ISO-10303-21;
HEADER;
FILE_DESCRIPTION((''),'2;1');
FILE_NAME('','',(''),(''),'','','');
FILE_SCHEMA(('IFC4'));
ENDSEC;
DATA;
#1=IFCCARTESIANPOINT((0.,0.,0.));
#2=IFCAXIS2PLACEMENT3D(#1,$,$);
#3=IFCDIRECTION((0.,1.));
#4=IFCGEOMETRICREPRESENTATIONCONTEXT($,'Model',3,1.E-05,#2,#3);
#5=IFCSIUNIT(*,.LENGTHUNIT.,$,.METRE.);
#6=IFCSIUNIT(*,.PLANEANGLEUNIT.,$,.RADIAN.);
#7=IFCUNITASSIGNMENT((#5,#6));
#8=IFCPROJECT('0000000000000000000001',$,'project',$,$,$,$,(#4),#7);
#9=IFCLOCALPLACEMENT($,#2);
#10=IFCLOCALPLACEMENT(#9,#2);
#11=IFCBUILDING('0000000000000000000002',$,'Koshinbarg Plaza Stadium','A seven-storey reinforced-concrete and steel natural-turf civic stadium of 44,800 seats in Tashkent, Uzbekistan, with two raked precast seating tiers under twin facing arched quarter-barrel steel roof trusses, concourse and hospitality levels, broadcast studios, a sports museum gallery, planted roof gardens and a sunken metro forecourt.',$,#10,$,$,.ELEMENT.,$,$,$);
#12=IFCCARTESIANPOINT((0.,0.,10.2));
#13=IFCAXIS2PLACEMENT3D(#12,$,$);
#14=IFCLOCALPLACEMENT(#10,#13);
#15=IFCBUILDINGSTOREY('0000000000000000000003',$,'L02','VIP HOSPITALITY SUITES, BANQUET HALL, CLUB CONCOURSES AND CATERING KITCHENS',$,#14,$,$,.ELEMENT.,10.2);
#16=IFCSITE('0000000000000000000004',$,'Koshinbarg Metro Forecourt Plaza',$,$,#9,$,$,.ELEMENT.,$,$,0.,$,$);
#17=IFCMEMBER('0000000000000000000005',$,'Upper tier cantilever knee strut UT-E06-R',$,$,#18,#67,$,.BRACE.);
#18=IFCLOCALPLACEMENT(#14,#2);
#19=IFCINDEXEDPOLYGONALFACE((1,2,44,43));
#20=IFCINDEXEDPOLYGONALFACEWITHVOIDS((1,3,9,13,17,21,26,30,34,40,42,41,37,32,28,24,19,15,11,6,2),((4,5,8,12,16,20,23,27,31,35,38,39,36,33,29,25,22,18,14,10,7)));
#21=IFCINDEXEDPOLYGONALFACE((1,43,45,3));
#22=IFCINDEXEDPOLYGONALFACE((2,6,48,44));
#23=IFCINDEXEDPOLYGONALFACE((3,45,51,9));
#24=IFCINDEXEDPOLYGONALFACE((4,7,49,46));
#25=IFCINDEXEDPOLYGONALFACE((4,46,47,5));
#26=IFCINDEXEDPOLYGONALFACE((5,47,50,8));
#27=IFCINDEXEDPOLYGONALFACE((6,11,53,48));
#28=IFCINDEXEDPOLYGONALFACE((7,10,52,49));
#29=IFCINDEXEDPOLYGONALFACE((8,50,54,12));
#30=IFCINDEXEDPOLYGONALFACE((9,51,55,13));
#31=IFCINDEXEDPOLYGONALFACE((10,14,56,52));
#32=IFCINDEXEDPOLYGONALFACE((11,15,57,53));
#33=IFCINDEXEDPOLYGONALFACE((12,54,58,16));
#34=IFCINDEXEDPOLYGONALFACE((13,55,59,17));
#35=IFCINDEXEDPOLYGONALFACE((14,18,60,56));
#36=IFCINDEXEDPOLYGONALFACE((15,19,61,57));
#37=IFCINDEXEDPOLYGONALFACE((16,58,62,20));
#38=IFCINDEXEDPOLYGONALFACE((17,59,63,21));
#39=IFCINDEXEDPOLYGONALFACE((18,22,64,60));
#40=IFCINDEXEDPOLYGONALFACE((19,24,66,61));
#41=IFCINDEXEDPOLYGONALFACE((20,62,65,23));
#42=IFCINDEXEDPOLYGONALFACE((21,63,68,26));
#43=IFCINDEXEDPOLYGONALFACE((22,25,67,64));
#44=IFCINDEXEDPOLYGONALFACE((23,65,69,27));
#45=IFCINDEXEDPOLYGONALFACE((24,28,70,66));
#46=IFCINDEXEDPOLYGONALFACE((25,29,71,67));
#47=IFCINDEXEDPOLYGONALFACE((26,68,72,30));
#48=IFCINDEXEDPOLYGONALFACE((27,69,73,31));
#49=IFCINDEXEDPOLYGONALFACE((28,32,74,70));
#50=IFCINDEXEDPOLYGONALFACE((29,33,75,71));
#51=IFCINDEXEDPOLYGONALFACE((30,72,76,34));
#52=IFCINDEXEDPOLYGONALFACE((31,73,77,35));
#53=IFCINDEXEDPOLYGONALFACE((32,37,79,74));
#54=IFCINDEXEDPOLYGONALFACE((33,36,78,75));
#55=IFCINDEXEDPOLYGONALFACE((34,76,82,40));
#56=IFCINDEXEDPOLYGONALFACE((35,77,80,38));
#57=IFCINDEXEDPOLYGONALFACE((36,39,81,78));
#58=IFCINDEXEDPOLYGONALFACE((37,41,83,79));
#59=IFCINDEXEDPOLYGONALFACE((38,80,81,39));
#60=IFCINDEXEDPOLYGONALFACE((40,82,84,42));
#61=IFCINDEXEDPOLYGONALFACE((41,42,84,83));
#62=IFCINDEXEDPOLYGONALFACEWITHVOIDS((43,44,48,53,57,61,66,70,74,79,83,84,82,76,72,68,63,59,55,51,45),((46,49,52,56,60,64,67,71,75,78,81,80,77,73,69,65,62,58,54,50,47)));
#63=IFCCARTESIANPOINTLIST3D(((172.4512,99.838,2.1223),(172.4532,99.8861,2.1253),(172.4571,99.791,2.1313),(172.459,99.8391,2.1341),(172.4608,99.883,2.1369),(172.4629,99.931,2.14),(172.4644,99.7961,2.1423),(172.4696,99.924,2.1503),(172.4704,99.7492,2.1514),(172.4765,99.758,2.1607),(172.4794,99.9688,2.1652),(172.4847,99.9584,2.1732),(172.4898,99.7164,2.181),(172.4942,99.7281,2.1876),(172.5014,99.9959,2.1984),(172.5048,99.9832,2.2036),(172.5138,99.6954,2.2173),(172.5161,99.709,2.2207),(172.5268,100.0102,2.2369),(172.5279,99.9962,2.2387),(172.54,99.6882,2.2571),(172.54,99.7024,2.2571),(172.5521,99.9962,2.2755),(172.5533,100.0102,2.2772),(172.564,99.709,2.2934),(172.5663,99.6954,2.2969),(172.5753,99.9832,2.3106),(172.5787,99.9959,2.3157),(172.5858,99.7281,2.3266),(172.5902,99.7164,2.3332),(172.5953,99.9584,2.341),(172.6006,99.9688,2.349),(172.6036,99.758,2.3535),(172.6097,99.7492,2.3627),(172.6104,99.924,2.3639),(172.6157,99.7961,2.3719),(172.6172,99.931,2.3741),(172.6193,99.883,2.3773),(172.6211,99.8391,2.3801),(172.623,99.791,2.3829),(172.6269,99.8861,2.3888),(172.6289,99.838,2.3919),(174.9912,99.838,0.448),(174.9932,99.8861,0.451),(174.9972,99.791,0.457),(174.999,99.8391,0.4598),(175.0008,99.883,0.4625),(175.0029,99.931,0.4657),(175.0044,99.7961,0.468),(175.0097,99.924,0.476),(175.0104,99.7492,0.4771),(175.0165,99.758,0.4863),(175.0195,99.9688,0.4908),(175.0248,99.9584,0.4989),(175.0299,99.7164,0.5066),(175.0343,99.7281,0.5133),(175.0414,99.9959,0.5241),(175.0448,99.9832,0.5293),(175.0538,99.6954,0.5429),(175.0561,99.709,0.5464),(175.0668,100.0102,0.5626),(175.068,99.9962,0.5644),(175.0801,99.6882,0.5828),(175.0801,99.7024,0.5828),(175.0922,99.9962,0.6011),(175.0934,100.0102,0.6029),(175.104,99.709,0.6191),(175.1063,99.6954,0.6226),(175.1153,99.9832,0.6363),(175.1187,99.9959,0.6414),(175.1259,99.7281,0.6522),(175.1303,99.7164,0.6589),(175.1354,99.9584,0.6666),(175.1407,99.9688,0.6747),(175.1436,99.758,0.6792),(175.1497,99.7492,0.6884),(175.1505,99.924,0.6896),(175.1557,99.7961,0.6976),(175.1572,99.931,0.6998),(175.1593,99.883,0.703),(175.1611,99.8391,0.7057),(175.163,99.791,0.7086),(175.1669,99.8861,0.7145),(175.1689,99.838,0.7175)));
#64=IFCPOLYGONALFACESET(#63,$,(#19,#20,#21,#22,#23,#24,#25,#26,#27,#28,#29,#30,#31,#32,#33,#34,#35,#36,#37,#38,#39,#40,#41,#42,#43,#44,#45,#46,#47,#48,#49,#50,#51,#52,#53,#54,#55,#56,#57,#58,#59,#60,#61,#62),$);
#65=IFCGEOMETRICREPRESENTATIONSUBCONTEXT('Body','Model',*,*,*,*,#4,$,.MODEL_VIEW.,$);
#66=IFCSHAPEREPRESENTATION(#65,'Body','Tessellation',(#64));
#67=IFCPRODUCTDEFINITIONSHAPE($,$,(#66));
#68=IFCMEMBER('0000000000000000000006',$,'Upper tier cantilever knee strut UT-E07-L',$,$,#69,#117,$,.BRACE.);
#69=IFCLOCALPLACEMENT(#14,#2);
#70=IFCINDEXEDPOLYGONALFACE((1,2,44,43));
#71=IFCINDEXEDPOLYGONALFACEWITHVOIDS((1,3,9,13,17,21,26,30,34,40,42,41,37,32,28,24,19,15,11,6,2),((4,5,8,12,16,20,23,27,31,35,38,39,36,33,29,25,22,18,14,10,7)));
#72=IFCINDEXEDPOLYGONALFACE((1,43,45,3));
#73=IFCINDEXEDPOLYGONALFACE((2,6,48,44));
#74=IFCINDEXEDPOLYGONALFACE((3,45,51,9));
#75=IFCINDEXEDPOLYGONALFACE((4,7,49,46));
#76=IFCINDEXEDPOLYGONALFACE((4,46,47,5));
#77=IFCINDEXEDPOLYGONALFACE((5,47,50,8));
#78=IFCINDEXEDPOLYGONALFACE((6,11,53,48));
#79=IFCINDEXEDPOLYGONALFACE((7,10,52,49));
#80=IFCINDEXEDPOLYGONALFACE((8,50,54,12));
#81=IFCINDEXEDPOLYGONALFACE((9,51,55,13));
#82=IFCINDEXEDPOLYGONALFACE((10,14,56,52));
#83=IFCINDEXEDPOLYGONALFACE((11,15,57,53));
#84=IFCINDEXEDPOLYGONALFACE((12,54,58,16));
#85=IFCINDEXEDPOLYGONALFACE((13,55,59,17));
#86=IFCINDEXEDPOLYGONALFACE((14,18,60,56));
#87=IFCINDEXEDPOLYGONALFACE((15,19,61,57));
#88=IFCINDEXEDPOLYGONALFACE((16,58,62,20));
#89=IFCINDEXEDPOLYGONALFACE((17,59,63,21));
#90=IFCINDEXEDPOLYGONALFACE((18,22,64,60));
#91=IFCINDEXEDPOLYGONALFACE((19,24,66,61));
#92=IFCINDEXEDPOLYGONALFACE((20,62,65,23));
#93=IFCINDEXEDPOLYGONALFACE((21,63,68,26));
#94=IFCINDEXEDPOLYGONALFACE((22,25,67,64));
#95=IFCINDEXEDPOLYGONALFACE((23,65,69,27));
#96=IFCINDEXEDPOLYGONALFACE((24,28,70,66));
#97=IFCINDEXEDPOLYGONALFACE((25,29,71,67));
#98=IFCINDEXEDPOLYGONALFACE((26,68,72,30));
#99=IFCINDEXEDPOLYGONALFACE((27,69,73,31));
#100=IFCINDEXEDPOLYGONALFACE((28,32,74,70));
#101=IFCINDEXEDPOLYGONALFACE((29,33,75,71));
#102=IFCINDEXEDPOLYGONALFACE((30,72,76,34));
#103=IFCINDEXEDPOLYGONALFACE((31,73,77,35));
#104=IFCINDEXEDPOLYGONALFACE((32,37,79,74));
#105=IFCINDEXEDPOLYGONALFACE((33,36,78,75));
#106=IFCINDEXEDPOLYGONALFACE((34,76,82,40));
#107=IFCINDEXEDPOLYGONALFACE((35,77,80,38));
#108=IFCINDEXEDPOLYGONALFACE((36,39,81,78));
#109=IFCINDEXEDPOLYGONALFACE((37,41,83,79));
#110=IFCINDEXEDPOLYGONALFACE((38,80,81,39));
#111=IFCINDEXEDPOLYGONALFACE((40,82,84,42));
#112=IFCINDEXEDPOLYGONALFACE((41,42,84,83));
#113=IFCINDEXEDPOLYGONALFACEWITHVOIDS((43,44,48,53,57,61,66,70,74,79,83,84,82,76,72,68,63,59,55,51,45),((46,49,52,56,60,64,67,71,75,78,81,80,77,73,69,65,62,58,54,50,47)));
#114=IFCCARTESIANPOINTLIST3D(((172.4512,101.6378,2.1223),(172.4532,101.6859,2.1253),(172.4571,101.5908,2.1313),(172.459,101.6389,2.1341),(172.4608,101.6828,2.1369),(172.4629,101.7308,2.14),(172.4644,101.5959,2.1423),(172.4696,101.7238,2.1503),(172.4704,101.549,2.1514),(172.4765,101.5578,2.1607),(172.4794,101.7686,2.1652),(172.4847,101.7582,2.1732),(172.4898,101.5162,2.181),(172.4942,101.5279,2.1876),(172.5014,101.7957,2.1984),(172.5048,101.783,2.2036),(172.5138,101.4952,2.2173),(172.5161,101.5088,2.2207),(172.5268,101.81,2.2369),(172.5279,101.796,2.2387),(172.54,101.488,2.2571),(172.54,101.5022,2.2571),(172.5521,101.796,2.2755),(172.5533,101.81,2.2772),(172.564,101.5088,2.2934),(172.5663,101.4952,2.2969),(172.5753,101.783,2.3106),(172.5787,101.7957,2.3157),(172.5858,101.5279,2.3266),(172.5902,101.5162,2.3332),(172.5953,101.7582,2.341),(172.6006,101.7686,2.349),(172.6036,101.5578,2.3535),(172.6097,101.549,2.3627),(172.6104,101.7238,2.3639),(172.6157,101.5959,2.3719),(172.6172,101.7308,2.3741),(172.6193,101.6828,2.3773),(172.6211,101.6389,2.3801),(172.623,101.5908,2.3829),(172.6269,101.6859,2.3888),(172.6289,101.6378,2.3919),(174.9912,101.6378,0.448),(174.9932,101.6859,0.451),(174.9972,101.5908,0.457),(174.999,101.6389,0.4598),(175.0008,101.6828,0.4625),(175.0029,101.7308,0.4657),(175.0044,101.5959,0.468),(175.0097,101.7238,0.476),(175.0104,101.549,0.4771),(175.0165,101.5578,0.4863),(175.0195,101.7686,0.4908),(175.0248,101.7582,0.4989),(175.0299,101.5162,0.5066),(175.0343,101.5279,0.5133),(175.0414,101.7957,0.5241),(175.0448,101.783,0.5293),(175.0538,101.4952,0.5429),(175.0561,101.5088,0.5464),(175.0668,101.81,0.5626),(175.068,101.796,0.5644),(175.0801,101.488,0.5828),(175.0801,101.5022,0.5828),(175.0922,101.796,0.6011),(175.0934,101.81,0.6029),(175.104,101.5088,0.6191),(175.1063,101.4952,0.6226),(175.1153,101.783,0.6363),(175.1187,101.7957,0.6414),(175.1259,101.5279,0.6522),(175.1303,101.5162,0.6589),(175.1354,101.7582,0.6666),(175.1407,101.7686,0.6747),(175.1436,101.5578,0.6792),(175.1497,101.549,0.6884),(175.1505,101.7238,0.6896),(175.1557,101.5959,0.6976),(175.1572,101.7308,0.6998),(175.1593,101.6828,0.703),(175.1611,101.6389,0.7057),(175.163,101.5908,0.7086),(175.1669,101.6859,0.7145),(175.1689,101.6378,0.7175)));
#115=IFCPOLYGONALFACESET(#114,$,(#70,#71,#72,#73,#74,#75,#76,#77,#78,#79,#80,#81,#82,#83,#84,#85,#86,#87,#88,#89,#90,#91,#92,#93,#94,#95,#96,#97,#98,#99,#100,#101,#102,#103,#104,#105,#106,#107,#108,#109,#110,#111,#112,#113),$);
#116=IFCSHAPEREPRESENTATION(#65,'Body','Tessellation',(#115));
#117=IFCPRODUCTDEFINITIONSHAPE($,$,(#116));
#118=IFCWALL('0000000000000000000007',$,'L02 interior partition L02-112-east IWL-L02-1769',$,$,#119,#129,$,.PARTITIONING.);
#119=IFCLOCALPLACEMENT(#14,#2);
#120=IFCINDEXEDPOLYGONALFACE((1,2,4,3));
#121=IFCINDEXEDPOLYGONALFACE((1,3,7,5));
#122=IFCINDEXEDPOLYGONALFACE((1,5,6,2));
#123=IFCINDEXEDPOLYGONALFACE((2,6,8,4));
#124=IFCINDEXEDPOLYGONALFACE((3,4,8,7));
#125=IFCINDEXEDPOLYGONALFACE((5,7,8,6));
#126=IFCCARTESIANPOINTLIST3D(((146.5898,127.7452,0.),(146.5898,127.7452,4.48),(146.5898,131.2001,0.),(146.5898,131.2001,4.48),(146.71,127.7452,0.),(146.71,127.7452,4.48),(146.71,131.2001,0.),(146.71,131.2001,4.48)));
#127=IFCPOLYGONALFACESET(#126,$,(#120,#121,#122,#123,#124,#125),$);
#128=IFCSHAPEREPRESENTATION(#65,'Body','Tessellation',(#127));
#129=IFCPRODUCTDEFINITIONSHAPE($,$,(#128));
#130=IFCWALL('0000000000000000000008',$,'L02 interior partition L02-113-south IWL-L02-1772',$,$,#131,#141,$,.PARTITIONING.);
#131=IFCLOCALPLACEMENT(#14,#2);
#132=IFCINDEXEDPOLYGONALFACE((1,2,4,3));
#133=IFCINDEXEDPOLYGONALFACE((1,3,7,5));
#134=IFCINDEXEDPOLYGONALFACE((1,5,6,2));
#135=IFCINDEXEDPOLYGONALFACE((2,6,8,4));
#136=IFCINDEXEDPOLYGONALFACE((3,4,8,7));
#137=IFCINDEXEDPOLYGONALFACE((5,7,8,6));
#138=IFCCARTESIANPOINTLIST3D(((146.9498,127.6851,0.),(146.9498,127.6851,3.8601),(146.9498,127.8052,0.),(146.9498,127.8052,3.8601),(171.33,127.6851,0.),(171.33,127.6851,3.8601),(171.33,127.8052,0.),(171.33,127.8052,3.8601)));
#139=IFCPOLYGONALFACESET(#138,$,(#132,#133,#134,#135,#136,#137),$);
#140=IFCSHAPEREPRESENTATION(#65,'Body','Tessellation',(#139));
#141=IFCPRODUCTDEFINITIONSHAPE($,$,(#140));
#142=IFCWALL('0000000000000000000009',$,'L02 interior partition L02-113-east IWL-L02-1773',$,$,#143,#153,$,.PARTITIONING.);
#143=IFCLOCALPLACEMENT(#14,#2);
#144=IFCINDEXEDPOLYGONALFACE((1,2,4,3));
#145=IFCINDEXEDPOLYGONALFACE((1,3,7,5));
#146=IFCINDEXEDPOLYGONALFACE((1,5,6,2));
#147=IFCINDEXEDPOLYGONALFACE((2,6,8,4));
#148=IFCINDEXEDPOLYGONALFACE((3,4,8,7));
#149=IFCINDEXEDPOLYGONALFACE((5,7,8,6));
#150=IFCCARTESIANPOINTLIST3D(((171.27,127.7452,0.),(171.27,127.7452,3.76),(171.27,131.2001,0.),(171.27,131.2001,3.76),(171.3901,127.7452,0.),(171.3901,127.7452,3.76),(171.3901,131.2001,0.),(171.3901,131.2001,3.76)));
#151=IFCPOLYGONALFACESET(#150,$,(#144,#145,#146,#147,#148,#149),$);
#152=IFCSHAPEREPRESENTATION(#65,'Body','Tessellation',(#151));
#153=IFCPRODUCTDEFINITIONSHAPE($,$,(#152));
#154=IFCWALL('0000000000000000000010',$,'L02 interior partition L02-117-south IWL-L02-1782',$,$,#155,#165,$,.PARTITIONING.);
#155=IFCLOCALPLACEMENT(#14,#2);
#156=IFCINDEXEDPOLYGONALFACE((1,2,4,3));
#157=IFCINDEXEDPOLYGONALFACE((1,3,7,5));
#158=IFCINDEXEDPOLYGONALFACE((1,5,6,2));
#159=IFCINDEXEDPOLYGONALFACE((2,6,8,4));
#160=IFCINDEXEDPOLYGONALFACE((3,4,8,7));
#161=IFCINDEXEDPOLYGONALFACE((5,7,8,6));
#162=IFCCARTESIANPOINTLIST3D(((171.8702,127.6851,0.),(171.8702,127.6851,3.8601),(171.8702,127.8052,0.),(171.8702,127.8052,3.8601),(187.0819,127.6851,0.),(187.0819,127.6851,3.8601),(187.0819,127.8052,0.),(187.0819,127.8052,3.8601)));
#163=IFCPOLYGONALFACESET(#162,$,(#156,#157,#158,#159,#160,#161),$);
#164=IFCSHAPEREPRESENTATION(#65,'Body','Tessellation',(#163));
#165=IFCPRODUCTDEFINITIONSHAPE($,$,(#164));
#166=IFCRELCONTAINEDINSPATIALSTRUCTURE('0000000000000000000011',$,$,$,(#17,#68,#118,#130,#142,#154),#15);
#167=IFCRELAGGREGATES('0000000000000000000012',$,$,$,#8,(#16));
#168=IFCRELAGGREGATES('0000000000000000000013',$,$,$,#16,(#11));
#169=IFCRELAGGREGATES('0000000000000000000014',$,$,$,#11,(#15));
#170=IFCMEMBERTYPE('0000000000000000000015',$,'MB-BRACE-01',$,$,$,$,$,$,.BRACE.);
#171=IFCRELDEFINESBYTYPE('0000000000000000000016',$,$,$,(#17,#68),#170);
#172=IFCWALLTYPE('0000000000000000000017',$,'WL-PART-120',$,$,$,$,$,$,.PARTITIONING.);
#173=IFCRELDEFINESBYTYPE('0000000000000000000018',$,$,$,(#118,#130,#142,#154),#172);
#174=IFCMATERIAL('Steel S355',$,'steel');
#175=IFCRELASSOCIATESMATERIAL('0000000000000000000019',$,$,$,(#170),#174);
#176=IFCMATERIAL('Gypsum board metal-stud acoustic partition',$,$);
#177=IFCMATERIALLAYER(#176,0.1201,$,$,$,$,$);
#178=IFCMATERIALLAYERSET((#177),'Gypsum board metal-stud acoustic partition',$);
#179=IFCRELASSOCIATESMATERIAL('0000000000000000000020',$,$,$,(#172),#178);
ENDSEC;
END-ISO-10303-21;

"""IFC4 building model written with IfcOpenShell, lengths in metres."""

from ifc_helpers import new_model, si_unit, direction, frame, frame_2d, origin, origin_2d, place, context, subcontext, project, spatial, rectangle, hollow_circle, extrude, material, layer, layer_set, material_profile, profile_set, type_object, element, save


model = new_model("IFC4")

# Units and contexts
model_context = context("Model", 3, precision=1e-05, world=origin(), true_north=direction((0.0, 1.0)))
body_context = subcontext(model_context, "Body", "Model", "MODEL_VIEW")
ifc_project = project(units=[si_unit("LENGTHUNIT", "METRE"), si_unit("PLANEANGLEUNIT", "RADIAN")], contexts=[model_context])

# Site, building, storey
site_placement = place(None, origin())
site = spatial("IfcSite", under=ifc_project, at=site_placement, Name="Koshinbarg Metro Forecourt Plaza", CompositionType="ELEMENT", RefElevation=0.0)
building_placement = place(site_placement, origin())
building = spatial("IfcBuilding", under=site, at=building_placement, Name="Koshinbarg Plaza Stadium", Description="A seven-storey reinforced-concrete and steel natural-turf civic stadium of 44,800 seats in Tashkent, Uzbekistan, with two raked precast seating tiers under twin facing arched quarter-barrel steel roof trusses, concourse and hospitality levels, broadcast studios, a sports museum gallery, planted roof gardens and a sunken metro forecourt.", CompositionType="ELEMENT")
storey_placement = place(building_placement, frame((0.0, 0.0, 10.2)))
storey = spatial("IfcBuildingStorey", under=building, at=storey_placement, Name="L02", Description="VIP HOSPITALITY SUITES, BANQUET HALL, CLUB CONCOURSES AND CATERING KITCHENS", CompositionType="ELEMENT", Elevation=10.2)

# Shared definitions
ifc_material_1 = material(Name="Steel S355", Category="steel")

# Members
ifc_material_profile_1 = material_profile(ifc_material_1, hollow_circle(Radius=0.1619, WallThickness=0.0142, at=origin_2d()), Name="CHS 323.9x14.2")
ifc_profile_set_1 = profile_set([ifc_material_profile_1], Name="Steel S355")
member_type = type_object("IfcMemberType", Name="MB-BRACE-01", PredefinedType="BRACE", material=ifc_profile_set_1)
for number, where, z_axis, x_axis, name in (
    (1, (175.0801, 99.8501, 0.5828), (-0.834928, 0.0, 0.550359), (0.0, -1.0, 0.0), "Upper tier cantilever knee strut UT-E06-R"),
    (2, (175.0801, 101.6499, 0.5828), (-0.834928, 0.0, 0.550359), (0.0, -1.0, 0.0), "Upper tier cantilever knee strut UT-E07-L"),
):
    element("IfcMember", number, at=place(storey_placement, frame(where, z_axis=z_axis, x_axis=x_axis)), inside=storey, type_object=member_type, Name=name, PredefinedType="BRACE", context=body_context, shape_type="SweptSolid", body=[
        extrude(hollow_circle(Radius=0.1619, WallThickness=0.0142, at=origin_2d()), origin(), (0.0, 0.0, 1.0), 3.0422),
    ])

# Walls
ifc_material_2 = material(Name="Gypsum board metal-stud acoustic partition")
ifc_layer = layer(ifc_material_2, 0.1201)
ifc_layer_set = layer_set([ifc_layer], Name="Gypsum board metal-stud acoustic partition")
wall_type = type_object("IfcWallType", Name="WL-PART-120", PredefinedType="PARTITIONING", material=ifc_layer_set)
wall_1_placement = place(storey_placement, frame((146.6499, 127.7451, 0.0), z_axis=(0.0, 0.0, 1.0), x_axis=(0.0, 1.0, 0.0)))
element("IfcWall", 3, at=wall_1_placement, inside=storey, type_object=wall_type, Name="L02 interior partition L02-112-east IWL-L02-1769", PredefinedType="PARTITIONING", context=body_context, shape_type="SweptSolid", body=[
    extrude(rectangle(XDim=3.4548, YDim=0.1201, at=frame_2d((1.7275, 0.0))), origin(), (0.0, 0.0, 1.0), 4.48),
])
wall_2_placement = place(storey_placement, frame((146.95, 127.7451, 0.0), z_axis=(0.0, 0.0, 1.0), x_axis=(1.0, 0.0, 0.0)))
element("IfcWall", 4, at=wall_2_placement, inside=storey, type_object=wall_type, Name="L02 interior partition L02-113-south IWL-L02-1772", PredefinedType="PARTITIONING", context=body_context, shape_type="SweptSolid", body=[
    extrude(rectangle(XDim=24.3801, YDim=0.1201, at=frame_2d((12.1899, 0.0))), origin(), (0.0, 0.0, 1.0), 3.8601),
])
wall_3_placement = place(storey_placement, frame((171.3301, 127.7451, 0.0), z_axis=(0.0, 0.0, 1.0), x_axis=(0.0, 1.0, 0.0)))
element("IfcWall", 5, at=wall_3_placement, inside=storey, type_object=wall_type, Name="L02 interior partition L02-113-east IWL-L02-1773", PredefinedType="PARTITIONING", context=body_context, shape_type="SweptSolid", body=[
    extrude(rectangle(XDim=3.4548, YDim=0.1201, at=frame_2d((1.7275, 0.0))), origin(), (0.0, 0.0, 1.0), 3.76),
])
wall_4_placement = place(storey_placement, frame((171.8701, 127.7451, 0.0), z_axis=(0.0, 0.0, 1.0), x_axis=(1.0, 0.0, 0.0)))
element("IfcWall", 6, at=wall_4_placement, inside=storey, type_object=wall_type, Name="L02 interior partition L02-117-south IWL-L02-1782", PredefinedType="PARTITIONING", context=body_context, shape_type="SweptSolid", body=[
    extrude(rectangle(XDim=15.2117, YDim=0.1201, at=frame_2d((7.606, 0.0))), origin(), (0.0, 0.0, 1.0), 3.8601),
])

save(model, "model.ifc")
